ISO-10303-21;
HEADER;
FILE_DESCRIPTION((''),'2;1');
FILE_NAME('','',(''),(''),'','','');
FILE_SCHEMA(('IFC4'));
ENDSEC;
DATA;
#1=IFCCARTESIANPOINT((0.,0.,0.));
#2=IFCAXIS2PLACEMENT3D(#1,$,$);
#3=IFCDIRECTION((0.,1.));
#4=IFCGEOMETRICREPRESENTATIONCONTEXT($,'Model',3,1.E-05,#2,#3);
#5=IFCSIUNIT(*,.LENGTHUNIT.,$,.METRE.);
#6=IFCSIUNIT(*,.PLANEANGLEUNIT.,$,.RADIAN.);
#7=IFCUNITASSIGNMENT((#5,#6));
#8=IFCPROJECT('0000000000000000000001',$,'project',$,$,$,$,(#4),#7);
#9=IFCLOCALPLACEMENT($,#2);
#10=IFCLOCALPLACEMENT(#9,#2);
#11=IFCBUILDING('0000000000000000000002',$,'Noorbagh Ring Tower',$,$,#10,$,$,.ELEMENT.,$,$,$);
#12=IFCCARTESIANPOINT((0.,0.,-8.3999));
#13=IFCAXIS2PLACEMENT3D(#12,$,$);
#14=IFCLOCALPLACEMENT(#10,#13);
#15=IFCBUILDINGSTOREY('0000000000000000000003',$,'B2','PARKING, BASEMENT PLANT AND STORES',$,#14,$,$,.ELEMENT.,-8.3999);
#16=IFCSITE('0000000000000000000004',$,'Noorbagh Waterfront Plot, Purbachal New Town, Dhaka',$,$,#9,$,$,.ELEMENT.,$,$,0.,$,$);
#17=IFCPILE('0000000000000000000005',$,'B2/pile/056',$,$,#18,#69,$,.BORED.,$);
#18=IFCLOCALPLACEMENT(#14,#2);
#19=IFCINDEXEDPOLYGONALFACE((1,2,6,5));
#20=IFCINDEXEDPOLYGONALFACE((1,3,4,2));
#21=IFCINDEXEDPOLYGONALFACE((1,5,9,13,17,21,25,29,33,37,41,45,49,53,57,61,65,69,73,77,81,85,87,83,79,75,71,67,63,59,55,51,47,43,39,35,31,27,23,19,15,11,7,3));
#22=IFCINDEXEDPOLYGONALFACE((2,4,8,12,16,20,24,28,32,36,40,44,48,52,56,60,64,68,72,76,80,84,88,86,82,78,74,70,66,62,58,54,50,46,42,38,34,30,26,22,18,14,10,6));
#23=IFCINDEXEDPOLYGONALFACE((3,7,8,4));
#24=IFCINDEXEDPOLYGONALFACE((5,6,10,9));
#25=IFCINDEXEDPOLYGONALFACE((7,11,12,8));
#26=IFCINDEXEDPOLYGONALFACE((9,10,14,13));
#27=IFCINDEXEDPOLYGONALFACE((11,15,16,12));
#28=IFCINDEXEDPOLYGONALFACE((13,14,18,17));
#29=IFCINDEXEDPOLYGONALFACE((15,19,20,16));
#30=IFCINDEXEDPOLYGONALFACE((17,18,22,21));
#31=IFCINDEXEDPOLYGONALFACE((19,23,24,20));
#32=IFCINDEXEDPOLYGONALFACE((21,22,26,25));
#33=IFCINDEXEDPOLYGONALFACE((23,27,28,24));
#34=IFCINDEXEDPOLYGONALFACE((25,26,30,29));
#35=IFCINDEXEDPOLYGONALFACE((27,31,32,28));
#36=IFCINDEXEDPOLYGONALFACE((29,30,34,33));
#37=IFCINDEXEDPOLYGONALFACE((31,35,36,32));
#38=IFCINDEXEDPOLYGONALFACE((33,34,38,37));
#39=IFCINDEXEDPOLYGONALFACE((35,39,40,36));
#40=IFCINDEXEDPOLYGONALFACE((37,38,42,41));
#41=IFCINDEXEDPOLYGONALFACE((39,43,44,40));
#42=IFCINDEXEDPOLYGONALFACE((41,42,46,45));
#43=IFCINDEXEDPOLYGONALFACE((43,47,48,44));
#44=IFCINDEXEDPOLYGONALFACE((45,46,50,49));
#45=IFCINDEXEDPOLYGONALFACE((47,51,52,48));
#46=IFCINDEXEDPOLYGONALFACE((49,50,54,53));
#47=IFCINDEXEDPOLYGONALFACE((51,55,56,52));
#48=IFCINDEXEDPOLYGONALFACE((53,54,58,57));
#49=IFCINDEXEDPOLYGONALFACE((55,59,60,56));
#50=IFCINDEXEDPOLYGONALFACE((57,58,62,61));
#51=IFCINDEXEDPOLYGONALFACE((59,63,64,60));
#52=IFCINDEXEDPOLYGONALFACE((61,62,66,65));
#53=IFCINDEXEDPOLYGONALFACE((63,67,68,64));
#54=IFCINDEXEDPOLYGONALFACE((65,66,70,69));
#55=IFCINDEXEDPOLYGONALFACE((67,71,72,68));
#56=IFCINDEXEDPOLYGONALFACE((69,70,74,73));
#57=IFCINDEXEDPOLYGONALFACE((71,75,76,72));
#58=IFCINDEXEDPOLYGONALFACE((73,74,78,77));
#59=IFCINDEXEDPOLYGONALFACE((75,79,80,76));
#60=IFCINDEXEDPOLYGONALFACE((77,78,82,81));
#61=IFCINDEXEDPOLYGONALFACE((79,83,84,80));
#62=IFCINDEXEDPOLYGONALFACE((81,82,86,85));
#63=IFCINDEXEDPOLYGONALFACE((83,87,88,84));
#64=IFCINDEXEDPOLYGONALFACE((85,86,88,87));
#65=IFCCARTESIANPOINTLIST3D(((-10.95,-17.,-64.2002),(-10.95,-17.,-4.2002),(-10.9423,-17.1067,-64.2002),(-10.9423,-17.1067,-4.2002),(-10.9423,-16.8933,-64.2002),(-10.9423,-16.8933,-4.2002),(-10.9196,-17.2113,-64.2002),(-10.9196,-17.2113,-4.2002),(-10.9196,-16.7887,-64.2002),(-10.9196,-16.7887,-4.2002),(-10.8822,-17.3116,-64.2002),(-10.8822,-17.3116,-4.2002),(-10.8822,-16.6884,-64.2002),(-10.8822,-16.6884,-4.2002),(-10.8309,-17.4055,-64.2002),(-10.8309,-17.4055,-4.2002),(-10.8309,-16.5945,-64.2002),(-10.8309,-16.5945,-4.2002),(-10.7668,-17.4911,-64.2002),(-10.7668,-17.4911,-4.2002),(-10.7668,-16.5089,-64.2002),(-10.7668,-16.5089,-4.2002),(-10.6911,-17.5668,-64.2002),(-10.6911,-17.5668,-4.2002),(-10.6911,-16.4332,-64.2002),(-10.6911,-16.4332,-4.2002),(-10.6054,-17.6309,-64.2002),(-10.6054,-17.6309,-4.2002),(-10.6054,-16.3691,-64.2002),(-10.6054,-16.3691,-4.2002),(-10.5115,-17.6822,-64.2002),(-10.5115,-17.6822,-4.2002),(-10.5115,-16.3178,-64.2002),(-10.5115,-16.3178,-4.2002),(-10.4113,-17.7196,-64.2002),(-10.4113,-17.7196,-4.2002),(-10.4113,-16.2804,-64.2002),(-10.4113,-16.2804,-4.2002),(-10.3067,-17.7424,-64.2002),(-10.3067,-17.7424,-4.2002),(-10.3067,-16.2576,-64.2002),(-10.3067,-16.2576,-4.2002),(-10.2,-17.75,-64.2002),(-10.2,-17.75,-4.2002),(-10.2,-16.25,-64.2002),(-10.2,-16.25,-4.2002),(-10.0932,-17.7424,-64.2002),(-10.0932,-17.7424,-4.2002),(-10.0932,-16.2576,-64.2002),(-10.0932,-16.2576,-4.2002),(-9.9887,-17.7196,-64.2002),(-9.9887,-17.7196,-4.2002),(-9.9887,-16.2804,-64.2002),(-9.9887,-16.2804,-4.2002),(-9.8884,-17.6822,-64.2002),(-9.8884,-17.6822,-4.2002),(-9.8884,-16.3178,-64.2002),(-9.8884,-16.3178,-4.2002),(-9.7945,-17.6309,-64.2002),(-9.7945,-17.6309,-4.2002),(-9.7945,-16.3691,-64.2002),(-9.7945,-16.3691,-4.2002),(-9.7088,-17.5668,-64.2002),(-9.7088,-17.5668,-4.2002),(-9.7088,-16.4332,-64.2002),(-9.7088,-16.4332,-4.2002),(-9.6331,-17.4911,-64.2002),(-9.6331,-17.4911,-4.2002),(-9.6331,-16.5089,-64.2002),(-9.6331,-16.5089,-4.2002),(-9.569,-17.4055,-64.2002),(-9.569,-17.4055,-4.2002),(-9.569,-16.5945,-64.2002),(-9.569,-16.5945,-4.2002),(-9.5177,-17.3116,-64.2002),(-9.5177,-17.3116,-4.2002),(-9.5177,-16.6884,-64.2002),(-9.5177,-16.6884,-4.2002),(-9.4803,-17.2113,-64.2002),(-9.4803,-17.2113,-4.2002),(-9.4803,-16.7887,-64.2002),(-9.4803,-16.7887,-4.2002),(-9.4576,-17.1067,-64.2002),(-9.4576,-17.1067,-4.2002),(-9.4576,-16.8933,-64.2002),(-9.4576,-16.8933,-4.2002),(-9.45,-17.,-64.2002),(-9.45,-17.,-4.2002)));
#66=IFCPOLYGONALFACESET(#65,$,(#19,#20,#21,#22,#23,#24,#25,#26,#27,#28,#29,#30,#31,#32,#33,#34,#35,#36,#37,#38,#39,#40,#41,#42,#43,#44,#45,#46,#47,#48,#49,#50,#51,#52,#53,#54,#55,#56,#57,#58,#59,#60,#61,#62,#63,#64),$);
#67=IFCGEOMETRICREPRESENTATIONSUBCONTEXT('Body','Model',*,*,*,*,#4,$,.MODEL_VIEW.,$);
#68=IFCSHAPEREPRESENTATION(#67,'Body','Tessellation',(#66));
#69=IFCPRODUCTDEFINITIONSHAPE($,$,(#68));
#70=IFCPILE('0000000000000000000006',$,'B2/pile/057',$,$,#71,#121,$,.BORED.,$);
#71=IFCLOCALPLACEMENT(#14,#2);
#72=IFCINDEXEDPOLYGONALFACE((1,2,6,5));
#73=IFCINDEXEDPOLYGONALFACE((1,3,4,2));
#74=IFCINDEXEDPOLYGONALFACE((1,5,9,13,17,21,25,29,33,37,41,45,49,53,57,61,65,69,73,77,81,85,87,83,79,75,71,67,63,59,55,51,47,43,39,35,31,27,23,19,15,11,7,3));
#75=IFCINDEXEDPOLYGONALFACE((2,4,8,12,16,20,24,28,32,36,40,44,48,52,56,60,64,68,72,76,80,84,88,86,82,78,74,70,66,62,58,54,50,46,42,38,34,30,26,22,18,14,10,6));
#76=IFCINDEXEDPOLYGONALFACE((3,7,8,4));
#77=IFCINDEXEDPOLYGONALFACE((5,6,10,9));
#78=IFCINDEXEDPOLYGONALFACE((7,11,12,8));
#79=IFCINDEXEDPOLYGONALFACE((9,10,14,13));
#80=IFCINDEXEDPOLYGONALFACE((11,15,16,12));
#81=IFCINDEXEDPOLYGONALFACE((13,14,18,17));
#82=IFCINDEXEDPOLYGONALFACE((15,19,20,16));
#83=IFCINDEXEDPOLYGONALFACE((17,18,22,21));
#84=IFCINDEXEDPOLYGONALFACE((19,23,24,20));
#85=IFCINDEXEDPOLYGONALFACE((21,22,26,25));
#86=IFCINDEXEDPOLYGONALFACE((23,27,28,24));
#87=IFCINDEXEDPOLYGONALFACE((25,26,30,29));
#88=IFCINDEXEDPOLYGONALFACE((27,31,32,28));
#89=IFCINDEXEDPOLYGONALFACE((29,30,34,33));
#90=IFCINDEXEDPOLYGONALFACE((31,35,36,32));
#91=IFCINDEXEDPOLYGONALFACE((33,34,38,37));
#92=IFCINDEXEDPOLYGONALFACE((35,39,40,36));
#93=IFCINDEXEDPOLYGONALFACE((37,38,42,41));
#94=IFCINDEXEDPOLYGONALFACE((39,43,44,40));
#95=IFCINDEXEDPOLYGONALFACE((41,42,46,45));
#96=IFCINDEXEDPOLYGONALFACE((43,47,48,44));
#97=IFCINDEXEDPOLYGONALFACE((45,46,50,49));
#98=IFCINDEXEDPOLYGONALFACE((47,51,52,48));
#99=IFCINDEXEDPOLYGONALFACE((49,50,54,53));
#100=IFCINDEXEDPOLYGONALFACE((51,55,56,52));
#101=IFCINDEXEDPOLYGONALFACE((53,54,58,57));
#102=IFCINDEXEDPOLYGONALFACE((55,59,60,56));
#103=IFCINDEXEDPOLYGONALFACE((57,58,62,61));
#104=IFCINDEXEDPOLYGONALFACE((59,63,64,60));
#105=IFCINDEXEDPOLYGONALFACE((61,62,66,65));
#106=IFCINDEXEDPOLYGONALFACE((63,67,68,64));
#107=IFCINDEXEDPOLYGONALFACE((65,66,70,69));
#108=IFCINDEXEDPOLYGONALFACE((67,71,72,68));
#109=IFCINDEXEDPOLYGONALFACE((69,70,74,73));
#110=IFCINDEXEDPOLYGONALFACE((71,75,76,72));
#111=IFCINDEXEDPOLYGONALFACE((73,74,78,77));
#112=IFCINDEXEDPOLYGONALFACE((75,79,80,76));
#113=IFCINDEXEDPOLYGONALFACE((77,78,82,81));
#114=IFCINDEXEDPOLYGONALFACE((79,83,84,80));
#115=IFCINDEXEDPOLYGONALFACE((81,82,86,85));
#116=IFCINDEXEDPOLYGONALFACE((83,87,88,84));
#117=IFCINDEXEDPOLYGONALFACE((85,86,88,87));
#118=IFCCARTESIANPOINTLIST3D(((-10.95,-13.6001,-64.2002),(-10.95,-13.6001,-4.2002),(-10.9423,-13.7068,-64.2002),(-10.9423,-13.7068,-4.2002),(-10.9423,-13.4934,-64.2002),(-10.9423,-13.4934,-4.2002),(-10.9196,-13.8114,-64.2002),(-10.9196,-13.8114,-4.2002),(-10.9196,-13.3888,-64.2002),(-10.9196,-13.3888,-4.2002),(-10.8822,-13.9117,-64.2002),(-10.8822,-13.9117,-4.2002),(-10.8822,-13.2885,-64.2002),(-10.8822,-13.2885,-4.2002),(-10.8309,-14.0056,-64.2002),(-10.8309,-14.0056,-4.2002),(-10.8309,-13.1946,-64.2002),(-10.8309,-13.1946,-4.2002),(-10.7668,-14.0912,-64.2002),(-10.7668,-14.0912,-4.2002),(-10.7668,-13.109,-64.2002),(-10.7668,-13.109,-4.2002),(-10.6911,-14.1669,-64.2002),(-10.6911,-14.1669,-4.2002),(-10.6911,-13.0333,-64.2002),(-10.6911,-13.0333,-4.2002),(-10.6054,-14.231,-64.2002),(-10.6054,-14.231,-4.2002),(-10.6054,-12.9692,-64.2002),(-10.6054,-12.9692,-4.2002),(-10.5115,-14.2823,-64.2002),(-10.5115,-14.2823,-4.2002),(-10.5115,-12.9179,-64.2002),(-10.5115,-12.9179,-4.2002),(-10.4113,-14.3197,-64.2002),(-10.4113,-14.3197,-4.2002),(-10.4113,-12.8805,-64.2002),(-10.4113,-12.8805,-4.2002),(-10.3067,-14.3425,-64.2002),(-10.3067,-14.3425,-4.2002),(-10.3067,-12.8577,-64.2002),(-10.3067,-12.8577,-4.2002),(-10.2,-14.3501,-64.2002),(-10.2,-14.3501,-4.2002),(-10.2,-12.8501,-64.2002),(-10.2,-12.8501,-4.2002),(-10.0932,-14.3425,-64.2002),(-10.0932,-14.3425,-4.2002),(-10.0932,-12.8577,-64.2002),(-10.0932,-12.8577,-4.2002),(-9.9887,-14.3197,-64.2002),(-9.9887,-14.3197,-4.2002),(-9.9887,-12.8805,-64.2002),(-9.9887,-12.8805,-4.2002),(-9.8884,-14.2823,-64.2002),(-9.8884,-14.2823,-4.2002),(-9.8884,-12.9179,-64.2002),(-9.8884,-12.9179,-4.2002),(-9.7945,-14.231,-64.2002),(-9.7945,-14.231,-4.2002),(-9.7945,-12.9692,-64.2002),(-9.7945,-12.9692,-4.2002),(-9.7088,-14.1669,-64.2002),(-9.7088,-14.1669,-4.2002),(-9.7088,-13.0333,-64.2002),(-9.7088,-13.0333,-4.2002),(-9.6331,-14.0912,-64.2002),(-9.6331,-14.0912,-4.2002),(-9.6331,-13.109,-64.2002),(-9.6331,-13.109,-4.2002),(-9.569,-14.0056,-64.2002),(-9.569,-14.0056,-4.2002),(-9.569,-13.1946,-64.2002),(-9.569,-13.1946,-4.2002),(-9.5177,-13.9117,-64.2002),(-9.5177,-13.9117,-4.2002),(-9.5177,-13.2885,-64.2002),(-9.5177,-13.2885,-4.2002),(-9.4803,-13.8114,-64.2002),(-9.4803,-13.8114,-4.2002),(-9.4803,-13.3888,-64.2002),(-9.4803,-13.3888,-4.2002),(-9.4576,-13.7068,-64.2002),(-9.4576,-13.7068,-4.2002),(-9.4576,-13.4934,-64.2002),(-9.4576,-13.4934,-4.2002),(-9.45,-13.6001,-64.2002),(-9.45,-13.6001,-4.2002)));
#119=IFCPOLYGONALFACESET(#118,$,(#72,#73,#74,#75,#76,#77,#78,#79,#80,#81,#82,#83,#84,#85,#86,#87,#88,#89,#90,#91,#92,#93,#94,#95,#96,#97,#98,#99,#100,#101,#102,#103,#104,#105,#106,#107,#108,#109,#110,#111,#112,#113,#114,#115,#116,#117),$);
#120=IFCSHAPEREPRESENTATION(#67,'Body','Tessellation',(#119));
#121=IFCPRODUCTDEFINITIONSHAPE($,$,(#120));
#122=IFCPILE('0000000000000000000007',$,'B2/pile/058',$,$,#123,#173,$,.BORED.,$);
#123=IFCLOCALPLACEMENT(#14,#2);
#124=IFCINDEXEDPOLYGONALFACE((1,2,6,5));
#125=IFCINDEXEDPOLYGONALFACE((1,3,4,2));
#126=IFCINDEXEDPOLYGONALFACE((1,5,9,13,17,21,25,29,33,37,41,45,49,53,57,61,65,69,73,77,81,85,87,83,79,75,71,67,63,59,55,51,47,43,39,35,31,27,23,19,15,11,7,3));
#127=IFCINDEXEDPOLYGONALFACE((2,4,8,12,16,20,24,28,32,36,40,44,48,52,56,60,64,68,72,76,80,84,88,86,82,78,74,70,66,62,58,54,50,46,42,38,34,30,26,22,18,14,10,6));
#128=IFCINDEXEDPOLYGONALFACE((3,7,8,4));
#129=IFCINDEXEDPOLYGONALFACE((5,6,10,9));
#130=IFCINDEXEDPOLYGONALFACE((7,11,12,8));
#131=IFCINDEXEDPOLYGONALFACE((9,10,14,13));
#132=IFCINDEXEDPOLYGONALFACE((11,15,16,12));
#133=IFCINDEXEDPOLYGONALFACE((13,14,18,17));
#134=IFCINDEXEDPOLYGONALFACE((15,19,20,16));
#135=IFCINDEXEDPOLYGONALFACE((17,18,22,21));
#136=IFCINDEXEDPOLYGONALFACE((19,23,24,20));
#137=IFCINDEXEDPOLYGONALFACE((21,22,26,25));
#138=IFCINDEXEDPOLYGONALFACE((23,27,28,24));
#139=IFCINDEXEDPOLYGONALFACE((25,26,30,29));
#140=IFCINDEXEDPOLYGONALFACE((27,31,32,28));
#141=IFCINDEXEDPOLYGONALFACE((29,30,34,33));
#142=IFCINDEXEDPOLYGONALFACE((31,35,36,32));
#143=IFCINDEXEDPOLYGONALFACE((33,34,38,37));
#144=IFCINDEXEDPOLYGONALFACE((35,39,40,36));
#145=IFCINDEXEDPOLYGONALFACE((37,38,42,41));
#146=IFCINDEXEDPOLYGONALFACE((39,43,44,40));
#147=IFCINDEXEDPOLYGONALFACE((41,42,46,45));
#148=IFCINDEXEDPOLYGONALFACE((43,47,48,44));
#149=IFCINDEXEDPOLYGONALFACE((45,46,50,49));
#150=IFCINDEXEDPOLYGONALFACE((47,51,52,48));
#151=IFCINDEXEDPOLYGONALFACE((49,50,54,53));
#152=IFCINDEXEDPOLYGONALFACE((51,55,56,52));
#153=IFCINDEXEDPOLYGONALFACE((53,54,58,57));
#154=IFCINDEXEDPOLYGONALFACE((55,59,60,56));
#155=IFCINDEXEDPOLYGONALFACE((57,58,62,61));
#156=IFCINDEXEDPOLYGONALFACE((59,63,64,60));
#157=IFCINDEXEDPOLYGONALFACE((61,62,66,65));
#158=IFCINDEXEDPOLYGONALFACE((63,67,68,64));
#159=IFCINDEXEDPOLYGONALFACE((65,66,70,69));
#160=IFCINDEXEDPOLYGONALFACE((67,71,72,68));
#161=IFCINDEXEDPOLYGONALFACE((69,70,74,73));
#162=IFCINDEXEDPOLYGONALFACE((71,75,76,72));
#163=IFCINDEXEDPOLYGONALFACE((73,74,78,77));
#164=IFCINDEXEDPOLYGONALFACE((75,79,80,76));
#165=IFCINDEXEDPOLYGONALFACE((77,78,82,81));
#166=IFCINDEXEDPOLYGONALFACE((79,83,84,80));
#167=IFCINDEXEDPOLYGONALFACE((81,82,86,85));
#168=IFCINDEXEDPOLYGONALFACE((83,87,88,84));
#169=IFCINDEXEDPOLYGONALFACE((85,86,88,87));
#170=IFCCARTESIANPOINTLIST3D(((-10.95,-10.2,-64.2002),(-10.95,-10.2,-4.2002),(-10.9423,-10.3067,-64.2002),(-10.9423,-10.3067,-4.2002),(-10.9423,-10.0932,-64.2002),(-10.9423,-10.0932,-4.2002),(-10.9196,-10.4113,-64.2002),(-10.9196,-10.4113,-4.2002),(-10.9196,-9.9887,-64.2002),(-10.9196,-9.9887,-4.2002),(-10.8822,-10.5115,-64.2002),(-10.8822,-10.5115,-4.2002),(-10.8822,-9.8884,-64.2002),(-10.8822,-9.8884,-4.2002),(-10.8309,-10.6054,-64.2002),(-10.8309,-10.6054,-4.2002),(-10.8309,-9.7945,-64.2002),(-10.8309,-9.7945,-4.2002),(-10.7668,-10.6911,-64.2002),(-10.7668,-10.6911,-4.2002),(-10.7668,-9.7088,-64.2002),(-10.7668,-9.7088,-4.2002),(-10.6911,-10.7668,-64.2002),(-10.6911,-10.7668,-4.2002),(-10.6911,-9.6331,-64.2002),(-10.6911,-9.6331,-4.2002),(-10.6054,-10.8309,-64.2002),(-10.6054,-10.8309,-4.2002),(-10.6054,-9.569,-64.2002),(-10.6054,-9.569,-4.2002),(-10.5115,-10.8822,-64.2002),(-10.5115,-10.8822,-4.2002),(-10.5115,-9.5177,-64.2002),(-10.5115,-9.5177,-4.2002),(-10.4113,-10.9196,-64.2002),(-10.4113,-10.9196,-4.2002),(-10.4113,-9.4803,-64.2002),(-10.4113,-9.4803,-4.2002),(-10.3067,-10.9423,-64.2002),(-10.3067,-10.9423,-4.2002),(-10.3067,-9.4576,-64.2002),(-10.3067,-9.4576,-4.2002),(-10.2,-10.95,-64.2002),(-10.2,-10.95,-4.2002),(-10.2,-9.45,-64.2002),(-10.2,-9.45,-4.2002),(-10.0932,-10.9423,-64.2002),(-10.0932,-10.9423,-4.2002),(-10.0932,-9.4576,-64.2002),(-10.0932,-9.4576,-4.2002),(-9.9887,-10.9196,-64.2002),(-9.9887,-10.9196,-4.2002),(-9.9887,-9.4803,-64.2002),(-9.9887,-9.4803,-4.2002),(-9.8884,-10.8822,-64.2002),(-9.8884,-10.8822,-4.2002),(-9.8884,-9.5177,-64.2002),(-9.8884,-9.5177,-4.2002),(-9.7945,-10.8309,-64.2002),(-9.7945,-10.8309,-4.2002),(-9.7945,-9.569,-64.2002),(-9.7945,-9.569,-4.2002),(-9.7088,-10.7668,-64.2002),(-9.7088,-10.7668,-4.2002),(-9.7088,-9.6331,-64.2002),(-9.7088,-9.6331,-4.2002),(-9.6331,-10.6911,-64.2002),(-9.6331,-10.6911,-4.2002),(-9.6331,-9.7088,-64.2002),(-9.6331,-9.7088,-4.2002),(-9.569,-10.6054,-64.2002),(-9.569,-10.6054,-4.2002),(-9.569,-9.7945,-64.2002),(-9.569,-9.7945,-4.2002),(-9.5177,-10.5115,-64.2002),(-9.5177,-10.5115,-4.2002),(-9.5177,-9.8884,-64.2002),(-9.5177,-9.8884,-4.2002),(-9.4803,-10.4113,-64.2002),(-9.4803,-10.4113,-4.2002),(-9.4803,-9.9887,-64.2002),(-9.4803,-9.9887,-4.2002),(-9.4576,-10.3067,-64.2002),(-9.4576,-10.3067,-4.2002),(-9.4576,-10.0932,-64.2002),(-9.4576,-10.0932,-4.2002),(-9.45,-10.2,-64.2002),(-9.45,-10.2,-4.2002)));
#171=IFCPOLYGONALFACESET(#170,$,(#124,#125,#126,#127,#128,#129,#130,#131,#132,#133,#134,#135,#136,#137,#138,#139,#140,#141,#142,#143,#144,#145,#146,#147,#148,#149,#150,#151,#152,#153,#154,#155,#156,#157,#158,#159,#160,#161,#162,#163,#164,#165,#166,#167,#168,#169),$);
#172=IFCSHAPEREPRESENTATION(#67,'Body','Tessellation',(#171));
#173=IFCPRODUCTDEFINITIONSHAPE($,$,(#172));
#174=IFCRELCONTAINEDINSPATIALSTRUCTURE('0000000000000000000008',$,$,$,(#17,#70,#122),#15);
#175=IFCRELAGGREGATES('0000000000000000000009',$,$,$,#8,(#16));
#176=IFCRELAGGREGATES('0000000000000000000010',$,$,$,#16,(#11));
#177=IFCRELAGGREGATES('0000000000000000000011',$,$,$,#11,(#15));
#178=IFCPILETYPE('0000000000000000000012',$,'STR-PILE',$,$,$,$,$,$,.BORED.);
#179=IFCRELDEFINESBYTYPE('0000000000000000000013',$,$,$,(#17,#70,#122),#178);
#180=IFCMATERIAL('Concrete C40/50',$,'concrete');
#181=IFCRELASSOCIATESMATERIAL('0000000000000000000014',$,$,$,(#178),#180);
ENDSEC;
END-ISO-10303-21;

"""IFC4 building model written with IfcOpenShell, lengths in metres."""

from ifc_helpers import new_model, si_unit, direction, frame, origin, origin_2d, place, context, subcontext, project, spatial, circle, extrude, material, material_profile, profile_set, type_object, element, save


model = new_model("IFC4")

# Units and contexts
model_context = context("Model", 3, precision=1e-05, world=origin(), true_north=direction((0.0, 1.0)))
body_context = subcontext(model_context, "Body", "Model", "MODEL_VIEW")
ifc_project = project(units=[si_unit("LENGTHUNIT", "METRE"), si_unit("PLANEANGLEUNIT", "RADIAN")], contexts=[model_context])

# Site, building, storey
site_placement = place(None, origin())
site = spatial("IfcSite", under=ifc_project, at=site_placement, Name="Noorbagh Waterfront Plot, Purbachal New Town, Dhaka", CompositionType="ELEMENT", RefElevation=0.0)
building_placement = place(site_placement, origin())
building = spatial("IfcBuilding", under=site, at=building_placement, Name="Noorbagh Ring Tower", CompositionType="ELEMENT")
storey_placement = place(building_placement, frame((0.0, 0.0, -8.3999)))
storey = spatial("IfcBuildingStorey", under=building, at=storey_placement, Name="B2", Description="PARKING, BASEMENT PLANT AND STORES", CompositionType="ELEMENT", Elevation=-8.3999)

# Piles
ifc_material_1 = material(Name="Concrete C40/50", Category="concrete")
ifc_material_profile_1 = material_profile(ifc_material_1, circle(Radius=0.75, at=origin_2d()), Name="PILE1500")
ifc_profile_set_1 = profile_set([ifc_material_profile_1], Name="Concrete C40/50")
pile_type = type_object("IfcPileType", Name="STR-PILE", PredefinedType="BORED", material=ifc_profile_set_1)
for number, where, z_axis, x_axis, name in (
    (1, (-10.2, -17.0, -4.2002), (0.0, 0.0, -1.0), (1.0, 0.0, 0.0), "B2/pile/056"),
    (2, (-10.2, -13.6001, -4.2002), (0.0, 0.0, -1.0), (1.0, 0.0, 0.0), "B2/pile/057"),
    (3, (-10.2, -10.2, -4.2002), (0.0, 0.0, -1.0), (1.0, 0.0, 0.0), "B2/pile/058"),
):
    element("IfcPile", number, at=place(storey_placement, frame(where, z_axis=z_axis, x_axis=x_axis)), inside=storey, type_object=pile_type, Name=name, PredefinedType="BORED", context=body_context, shape_type="SweptSolid", body=[
        extrude(circle(Radius=0.75, at=origin_2d()), origin(), (0.0, 0.0, 1.0), 60.0),
    ])

save(model, "model.ifc")
